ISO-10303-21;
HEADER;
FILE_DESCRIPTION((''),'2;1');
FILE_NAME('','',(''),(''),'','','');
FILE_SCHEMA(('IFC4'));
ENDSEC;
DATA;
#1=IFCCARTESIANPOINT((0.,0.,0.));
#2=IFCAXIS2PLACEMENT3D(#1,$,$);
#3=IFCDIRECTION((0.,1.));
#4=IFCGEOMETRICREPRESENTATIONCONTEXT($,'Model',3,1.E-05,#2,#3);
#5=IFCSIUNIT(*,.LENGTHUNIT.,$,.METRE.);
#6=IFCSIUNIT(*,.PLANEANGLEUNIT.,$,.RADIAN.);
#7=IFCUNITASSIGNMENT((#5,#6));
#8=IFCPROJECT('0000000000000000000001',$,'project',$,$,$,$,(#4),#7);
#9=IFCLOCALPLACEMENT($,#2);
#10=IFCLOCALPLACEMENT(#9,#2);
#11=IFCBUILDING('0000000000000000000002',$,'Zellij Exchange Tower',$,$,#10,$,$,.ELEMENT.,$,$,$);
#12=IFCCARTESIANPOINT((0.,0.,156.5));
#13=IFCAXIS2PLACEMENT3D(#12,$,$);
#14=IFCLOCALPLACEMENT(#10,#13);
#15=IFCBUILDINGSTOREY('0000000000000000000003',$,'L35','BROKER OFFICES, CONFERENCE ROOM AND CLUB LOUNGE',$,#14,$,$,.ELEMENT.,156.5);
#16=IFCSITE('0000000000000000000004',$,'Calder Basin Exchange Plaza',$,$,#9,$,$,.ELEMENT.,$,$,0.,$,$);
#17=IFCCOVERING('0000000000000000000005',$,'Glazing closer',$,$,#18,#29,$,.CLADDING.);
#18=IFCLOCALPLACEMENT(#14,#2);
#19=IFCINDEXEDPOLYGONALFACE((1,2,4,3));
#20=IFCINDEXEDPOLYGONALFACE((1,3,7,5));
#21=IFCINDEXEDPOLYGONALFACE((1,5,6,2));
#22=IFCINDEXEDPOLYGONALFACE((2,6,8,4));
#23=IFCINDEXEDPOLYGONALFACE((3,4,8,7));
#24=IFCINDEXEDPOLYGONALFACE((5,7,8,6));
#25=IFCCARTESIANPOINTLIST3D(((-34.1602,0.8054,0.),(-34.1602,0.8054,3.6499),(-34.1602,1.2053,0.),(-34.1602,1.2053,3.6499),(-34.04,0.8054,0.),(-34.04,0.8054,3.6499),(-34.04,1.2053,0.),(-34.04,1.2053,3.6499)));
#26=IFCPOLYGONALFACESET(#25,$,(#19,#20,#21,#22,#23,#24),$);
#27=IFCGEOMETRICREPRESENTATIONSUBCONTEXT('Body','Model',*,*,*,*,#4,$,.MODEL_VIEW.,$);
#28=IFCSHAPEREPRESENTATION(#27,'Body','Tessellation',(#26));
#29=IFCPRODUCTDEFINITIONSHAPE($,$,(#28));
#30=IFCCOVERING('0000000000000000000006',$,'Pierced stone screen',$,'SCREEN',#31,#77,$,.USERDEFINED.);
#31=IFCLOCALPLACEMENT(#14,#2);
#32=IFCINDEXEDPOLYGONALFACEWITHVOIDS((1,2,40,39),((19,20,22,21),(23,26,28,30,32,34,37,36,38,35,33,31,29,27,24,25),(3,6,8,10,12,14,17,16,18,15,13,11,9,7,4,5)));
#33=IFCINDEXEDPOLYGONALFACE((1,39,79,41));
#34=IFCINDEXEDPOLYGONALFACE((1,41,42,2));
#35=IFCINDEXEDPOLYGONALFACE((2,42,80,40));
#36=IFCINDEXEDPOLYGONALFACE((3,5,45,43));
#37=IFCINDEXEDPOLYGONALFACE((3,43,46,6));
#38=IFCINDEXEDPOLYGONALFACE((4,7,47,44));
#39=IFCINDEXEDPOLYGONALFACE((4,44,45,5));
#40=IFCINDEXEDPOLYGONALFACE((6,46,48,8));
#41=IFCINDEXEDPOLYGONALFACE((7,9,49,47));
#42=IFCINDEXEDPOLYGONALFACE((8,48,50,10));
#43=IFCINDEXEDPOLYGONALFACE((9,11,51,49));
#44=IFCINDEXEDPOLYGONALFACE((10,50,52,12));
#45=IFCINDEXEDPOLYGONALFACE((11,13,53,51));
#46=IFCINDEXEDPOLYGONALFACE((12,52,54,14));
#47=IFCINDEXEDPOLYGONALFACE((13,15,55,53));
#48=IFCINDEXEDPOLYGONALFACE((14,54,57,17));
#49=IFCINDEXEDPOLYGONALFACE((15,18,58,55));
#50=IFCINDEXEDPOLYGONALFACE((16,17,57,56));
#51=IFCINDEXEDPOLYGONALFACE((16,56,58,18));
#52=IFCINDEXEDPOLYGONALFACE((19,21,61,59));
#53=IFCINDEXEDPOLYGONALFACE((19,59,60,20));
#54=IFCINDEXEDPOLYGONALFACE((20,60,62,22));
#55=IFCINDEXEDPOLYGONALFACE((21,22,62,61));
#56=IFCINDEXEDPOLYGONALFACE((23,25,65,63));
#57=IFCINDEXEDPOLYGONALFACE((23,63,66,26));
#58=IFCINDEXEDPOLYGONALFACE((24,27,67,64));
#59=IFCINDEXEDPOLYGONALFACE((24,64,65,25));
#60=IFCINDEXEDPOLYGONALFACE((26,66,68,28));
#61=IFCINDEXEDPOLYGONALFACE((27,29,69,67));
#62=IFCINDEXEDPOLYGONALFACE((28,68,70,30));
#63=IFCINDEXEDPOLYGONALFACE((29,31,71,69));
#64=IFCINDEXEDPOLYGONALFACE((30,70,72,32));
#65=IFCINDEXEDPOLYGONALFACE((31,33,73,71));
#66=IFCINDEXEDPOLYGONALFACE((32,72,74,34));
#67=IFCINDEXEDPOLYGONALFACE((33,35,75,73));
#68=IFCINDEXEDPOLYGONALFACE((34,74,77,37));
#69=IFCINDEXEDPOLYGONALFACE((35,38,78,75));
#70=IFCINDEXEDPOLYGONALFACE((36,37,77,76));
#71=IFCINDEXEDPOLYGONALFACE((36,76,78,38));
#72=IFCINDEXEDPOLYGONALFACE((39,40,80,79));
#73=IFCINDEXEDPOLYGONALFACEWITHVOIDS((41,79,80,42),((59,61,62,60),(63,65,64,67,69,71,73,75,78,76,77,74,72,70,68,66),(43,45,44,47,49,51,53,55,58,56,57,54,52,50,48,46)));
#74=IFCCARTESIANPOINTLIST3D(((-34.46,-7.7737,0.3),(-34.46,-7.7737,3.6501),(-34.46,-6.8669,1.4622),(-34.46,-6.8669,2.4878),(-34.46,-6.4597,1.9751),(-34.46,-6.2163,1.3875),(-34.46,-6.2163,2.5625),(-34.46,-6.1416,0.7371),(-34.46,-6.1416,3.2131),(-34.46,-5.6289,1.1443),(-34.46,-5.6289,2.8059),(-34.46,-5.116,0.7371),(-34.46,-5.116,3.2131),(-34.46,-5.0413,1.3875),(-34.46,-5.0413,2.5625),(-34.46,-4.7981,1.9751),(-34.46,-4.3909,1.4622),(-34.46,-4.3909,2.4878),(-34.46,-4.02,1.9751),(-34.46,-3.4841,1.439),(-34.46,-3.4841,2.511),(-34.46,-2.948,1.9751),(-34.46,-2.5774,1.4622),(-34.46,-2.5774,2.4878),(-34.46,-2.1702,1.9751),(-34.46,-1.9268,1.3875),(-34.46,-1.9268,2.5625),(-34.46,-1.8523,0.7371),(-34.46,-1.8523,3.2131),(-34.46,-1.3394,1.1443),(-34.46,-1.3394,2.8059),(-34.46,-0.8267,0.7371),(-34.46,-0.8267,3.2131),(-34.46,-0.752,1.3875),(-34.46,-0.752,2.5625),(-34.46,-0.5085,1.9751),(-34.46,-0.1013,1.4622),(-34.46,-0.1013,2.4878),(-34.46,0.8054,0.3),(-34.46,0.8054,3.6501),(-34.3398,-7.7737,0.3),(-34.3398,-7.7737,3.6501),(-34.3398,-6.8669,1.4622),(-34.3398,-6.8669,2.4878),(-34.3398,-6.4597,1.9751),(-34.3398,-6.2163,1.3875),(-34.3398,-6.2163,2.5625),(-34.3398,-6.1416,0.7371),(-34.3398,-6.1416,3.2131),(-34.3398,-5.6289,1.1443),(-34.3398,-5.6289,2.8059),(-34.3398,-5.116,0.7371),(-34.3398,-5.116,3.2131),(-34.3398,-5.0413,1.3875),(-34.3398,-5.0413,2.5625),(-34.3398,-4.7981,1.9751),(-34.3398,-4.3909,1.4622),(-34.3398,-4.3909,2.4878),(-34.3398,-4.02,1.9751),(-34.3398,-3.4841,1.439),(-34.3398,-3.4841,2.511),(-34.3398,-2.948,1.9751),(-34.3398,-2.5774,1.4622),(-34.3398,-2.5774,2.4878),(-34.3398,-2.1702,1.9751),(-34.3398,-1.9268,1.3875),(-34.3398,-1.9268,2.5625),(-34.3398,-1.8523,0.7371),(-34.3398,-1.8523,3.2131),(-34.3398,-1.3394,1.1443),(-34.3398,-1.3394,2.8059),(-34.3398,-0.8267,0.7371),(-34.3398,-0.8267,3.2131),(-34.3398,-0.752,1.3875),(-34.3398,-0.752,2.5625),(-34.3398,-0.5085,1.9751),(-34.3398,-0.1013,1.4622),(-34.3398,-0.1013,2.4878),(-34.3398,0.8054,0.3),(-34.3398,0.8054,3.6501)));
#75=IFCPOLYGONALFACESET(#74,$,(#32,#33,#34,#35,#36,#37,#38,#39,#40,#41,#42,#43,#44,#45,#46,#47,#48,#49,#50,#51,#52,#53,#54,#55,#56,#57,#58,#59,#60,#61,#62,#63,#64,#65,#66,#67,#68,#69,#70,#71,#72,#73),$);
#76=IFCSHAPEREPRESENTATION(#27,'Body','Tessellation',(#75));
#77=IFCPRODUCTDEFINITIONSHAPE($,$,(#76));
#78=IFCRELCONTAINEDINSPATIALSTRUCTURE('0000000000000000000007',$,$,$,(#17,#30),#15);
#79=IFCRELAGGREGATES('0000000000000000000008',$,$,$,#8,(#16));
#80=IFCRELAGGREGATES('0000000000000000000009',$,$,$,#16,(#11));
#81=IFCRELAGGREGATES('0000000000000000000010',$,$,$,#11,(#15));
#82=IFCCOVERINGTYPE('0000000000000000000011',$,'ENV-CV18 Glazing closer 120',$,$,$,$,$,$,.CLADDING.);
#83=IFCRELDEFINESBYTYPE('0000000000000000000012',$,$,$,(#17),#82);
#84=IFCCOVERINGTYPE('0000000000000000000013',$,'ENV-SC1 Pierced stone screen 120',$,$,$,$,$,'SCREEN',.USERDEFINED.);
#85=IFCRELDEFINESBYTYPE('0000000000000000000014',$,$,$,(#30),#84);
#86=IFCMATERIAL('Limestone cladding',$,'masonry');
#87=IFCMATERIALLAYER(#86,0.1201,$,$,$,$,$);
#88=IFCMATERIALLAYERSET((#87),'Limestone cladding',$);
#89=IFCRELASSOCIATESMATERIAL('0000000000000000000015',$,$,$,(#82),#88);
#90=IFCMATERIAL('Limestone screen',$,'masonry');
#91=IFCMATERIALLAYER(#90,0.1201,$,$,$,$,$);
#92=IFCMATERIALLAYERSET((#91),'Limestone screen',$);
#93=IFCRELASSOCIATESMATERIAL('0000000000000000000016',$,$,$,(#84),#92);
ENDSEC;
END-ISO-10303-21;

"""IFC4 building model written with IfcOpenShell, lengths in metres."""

from ifc_helpers import new_model, si_unit, direction, frame, origin, origin_2d, place, context, subcontext, project, spatial, polyline, rectangle, outline, extrude, material, layer, layer_set, type_object, element, save


model = new_model("IFC4")

# Units and contexts
model_context = context("Model", 3, precision=1e-05, world=origin(), true_north=direction((0.0, 1.0)))
body_context = subcontext(model_context, "Body", "Model", "MODEL_VIEW")
ifc_project = project(units=[si_unit("LENGTHUNIT", "METRE"), si_unit("PLANEANGLEUNIT", "RADIAN")], contexts=[model_context])

# Site, building, storey
site_placement = place(None, origin())
site = spatial("IfcSite", under=ifc_project, at=site_placement, Name="Calder Basin Exchange Plaza", CompositionType="ELEMENT", RefElevation=0.0)
building_placement = place(site_placement, origin())
building = spatial("IfcBuilding", under=site, at=building_placement, Name="Zellij Exchange Tower", CompositionType="ELEMENT")
storey_placement = place(building_placement, frame((0.0, 0.0, 156.5)))
storey = spatial("IfcBuildingStorey", under=building, at=storey_placement, Name="L35", Description="BROKER OFFICES, CONFERENCE ROOM AND CLUB LOUNGE", CompositionType="ELEMENT", Elevation=156.5)

# Coverings
ifc_material_1 = material(Name="Limestone cladding", Category="masonry")
ifc_layer_1 = layer(ifc_material_1, 0.1201)
ifc_layer_set_1 = layer_set([ifc_layer_1], Name="Limestone cladding")
covering_type_1 = type_object("IfcCoveringType", Name="ENV-CV18 Glazing closer 120", PredefinedType="CLADDING", material=ifc_layer_set_1)
covering_1_placement = place(storey_placement, frame((-34.1001, 1.0054, 0.0), z_axis=(0.0, 0.0, 1.0), x_axis=(0.0, -1.0, 0.0)))
element("IfcCovering", 1, at=covering_1_placement, inside=storey, type_object=covering_type_1, Name="Glazing closer", PredefinedType="CLADDING", context=body_context, shape_type="SweptSolid", body=[
    extrude(rectangle(XDim=0.3999, YDim=0.1201, at=origin_2d()), origin(), (0.0, 0.0, 1.0), 3.6499),
])
ifc_material_2 = material(Name="Limestone screen", Category="masonry")
ifc_layer_2 = layer(ifc_material_2, 0.1201)
ifc_layer_set_2 = layer_set([ifc_layer_2], Name="Limestone screen")
covering_type_2 = type_object("IfcCoveringType", Name="ENV-SC1 Pierced stone screen 120", ElementType="SCREEN", PredefinedType="USERDEFINED", material=ifc_layer_set_2)
covering_2_placement = place(storey_placement, frame((-34.3999, 0.8054, 0.3), z_axis=(0.0, 0.0, 1.0), x_axis=(0.0, -1.0, 0.0)))
element("IfcCovering", 2, at=covering_2_placement, inside=storey, type_object=covering_type_2, Name="Pierced stone screen", ObjectType="SCREEN", PredefinedType="USERDEFINED", context=body_context, shape_type="SweptSolid", body=[
    extrude(outline(polyline([(0.0, 0.0), (8.5791, 0.0), (8.5791, 3.3501), (0.0, 3.3501), (0.0, 0.0)]), holes=[polyline([(3.3828, 2.1877), (2.7322, 2.2625), (2.6577, 2.9131), (2.1448, 2.5059), (1.6321, 2.9131), (1.5574, 2.2625), (0.9067, 2.1877), (1.314, 1.675), (0.9067, 1.1621), (1.5574, 1.0874), (1.6321, 0.437), (2.1448, 0.8442), (2.6577, 0.437), (2.7322, 1.0874), (3.3828, 1.1621), (2.9756, 1.675), (3.3828, 2.1877)]), polyline([(7.6724, 2.1877), (7.0217, 2.2625), (6.947, 2.9131), (6.4343, 2.5059), (5.9214, 2.9131), (5.8467, 2.2625), (5.1963, 2.1877), (5.6035, 1.675), (5.1963, 1.1621), (5.8467, 1.0874), (5.9214, 0.437), (6.4343, 0.8442), (6.947, 0.437), (7.0217, 1.0874), (7.6724, 1.1621), (7.2651, 1.675), (7.6724, 2.1877)]), polyline([(4.8254, 1.675), (4.2896, 2.2109), (3.7534, 1.675), (4.2896, 1.1389), (4.8254, 1.675)])]), frame((0.0, 0.0601, 0.0), z_axis=(0.0, -1.0, 0.0), x_axis=(1.0, 0.0, 0.0)), (0.0, 0.0, 1.0), 0.1201),
])

save(model, "model.ifc")
